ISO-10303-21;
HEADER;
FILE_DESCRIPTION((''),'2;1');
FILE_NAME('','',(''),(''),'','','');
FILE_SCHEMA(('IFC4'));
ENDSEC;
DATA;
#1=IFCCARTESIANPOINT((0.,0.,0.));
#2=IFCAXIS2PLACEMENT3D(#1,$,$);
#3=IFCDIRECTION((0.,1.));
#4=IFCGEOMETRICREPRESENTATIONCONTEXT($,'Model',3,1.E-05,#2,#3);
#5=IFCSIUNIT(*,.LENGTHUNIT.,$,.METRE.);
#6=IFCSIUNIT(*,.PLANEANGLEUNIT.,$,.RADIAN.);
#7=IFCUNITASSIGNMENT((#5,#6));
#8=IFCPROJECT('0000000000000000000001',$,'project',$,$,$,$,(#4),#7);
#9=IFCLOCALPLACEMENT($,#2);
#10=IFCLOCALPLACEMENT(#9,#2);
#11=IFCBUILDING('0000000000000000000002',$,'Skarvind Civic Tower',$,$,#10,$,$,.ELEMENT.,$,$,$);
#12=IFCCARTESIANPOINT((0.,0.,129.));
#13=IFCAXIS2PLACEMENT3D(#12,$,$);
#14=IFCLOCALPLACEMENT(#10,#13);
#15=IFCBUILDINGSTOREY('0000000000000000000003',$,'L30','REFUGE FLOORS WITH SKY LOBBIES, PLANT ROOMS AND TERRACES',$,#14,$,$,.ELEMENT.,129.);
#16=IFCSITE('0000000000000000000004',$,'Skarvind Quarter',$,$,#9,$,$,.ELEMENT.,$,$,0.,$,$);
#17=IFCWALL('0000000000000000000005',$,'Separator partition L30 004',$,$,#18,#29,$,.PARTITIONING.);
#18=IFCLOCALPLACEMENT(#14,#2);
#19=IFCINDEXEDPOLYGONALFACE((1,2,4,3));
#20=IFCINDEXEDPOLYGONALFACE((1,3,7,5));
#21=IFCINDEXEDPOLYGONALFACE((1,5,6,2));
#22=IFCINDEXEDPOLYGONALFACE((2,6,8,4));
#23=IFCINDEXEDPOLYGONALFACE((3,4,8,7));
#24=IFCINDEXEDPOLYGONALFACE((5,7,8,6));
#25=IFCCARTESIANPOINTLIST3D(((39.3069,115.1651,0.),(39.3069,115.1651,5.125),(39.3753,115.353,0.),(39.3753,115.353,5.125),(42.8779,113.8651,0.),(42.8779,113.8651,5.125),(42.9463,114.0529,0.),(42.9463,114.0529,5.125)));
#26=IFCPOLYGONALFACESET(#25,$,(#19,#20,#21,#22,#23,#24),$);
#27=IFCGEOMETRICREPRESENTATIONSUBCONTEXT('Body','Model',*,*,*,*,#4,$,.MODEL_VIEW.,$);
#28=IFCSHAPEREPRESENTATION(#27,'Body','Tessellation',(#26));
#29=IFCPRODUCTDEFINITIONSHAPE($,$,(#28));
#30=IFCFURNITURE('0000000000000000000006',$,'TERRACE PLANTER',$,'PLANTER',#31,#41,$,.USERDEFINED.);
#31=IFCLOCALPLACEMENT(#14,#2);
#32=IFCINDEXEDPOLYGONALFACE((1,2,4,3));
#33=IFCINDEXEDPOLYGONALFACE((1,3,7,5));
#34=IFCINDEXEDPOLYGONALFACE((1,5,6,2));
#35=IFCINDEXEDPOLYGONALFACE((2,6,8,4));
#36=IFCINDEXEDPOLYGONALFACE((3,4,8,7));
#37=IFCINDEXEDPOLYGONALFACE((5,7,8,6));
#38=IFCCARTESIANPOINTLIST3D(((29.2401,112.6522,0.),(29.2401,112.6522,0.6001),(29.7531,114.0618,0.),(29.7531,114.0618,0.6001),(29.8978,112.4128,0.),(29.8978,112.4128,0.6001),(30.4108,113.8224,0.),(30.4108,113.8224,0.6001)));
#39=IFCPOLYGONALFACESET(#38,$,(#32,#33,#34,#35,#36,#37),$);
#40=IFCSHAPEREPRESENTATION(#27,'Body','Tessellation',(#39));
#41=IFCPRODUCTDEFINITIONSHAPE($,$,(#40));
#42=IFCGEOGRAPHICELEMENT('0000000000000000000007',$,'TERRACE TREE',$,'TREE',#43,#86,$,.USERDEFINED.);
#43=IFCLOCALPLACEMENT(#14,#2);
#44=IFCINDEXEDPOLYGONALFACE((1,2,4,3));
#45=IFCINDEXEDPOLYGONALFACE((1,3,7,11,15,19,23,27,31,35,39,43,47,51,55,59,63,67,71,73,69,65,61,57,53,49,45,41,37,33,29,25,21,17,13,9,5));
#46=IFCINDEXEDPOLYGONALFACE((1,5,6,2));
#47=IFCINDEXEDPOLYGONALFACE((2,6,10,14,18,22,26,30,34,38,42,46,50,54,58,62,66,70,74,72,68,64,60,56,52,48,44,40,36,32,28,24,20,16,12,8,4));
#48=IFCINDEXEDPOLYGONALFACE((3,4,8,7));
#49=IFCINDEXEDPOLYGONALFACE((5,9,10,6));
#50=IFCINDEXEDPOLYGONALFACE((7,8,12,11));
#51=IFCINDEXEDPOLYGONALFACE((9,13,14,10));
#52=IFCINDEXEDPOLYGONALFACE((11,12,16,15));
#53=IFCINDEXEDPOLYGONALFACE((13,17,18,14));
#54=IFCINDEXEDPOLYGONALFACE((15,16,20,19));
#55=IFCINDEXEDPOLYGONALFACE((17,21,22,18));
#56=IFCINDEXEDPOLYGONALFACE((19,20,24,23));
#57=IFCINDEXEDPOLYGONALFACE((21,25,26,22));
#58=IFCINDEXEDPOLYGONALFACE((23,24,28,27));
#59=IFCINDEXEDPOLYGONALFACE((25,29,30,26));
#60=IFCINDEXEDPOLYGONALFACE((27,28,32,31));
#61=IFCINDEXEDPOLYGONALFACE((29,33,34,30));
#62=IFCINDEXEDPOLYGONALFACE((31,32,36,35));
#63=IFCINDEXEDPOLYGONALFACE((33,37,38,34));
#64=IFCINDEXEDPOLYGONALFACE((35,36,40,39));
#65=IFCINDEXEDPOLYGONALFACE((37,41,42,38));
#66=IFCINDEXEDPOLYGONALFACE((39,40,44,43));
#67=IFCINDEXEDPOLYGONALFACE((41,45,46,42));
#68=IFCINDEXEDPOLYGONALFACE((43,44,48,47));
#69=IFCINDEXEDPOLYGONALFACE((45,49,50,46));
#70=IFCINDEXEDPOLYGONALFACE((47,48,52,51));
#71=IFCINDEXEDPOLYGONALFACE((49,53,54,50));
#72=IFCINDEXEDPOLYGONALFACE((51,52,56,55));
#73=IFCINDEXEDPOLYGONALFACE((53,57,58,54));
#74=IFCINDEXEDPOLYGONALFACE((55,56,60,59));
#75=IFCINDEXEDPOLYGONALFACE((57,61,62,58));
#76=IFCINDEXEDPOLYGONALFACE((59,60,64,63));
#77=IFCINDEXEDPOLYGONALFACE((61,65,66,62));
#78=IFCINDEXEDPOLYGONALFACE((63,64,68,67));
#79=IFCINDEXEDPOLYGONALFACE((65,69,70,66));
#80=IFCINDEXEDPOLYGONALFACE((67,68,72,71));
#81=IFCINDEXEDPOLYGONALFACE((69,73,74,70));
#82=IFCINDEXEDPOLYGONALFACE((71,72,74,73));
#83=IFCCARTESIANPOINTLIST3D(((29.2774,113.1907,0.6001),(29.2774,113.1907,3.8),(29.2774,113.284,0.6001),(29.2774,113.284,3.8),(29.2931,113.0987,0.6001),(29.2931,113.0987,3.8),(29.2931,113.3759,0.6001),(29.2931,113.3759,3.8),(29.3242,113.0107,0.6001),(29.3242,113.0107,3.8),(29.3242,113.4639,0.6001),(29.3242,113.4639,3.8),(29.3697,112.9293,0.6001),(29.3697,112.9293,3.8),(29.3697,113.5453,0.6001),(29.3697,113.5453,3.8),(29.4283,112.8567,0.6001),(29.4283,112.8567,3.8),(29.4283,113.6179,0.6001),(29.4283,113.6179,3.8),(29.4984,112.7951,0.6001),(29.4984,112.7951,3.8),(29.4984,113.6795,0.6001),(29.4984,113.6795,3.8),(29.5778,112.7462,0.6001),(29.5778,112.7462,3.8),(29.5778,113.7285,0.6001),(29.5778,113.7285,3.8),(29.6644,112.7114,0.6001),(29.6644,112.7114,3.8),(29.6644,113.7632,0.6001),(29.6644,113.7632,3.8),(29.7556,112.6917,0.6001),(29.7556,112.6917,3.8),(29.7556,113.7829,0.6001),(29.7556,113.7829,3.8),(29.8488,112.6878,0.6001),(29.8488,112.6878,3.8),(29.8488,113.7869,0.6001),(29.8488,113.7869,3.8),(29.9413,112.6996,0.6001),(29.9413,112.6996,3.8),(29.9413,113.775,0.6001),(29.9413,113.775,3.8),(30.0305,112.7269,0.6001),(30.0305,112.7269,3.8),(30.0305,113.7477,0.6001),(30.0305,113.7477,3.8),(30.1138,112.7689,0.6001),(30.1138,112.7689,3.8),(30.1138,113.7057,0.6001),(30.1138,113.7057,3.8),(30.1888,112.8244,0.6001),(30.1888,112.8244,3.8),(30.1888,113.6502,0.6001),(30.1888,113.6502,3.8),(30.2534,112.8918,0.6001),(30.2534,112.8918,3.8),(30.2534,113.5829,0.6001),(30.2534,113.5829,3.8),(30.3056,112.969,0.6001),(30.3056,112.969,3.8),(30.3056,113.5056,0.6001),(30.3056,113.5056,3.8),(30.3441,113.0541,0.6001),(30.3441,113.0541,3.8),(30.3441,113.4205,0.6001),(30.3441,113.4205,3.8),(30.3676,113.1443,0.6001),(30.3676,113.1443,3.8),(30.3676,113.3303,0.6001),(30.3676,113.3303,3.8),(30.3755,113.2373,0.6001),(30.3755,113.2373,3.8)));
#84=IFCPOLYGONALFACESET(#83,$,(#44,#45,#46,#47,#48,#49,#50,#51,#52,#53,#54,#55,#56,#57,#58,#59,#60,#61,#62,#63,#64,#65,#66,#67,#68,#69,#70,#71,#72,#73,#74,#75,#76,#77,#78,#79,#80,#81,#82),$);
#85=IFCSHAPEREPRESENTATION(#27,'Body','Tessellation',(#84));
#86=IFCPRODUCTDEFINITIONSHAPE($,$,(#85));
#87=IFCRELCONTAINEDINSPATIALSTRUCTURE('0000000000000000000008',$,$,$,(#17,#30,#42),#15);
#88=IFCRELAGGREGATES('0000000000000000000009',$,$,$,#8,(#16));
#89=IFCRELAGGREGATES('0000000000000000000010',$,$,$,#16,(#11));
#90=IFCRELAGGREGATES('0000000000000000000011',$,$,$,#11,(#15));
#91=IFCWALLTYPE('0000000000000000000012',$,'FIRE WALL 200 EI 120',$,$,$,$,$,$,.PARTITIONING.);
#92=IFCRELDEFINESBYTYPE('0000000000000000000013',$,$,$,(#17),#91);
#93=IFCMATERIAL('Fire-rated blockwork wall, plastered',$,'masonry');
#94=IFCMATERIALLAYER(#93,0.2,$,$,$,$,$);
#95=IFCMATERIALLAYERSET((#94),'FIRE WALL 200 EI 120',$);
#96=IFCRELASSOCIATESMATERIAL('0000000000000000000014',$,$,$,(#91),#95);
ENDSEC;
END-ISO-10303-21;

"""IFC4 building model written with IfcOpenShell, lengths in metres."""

from ifc_helpers import new_model, si_unit, direction, frame, frame_2d, origin, origin_2d, place, context, subcontext, project, spatial, rectangle, circle, extrude, material, layer, layer_set, type_object, element, save


model = new_model("IFC4")

# Units and contexts
model_context = context("Model", 3, precision=1e-05, world=origin(), true_north=direction((0.0, 1.0)))
body_context = subcontext(model_context, "Body", "Model", "MODEL_VIEW")
ifc_project = project(units=[si_unit("LENGTHUNIT", "METRE"), si_unit("PLANEANGLEUNIT", "RADIAN")], contexts=[model_context])

# Site, building, storey
site_placement = place(None, origin())
site = spatial("IfcSite", under=ifc_project, at=site_placement, Name="Skarvind Quarter", CompositionType="ELEMENT", RefElevation=0.0)
building_placement = place(site_placement, origin())
building = spatial("IfcBuilding", under=site, at=building_placement, Name="Skarvind Civic Tower", CompositionType="ELEMENT")
storey_placement = place(building_placement, frame((0.0, 0.0, 129.0)))
storey = spatial("IfcBuildingStorey", under=building, at=storey_placement, Name="L30", Description="REFUGE FLOORS WITH SKY LOBBIES, PLANT ROOMS AND TERRACES", CompositionType="ELEMENT", Elevation=129.0)

# Shared definitions
ifc_material_1 = material(Name="Fire-rated blockwork wall, plastered", Category="masonry")
ifc_layer_1 = layer(ifc_material_1, 0.2)
ifc_layer_set_1 = layer_set([ifc_layer_1], Name="FIRE WALL 200 EI 120")
wall_type_1 = type_object("IfcWallType", Name="FIRE WALL 200 EI 120", PredefinedType="PARTITIONING", material=ifc_layer_set_1)

# Wall
wall_1_placement = place(storey_placement, frame((39.3411, 115.259, 0.0), z_axis=(0.0, 0.0, 1.0), x_axis=(0.939668, -0.342089, 0.0)))
element("IfcWall", 1, at=wall_1_placement, inside=storey, type_object=wall_type_1, Name="Separator partition L30 004", PredefinedType="PARTITIONING", context=body_context, shape_type="SweptSolid", body=[
    extrude(rectangle(XDim=3.8003, YDim=0.2, at=frame_2d((1.9001, 0.0))), origin(), (0.0, 0.0, 1.0), 5.125),
])

# Furniture
furniture_placement = place(storey_placement, frame((29.8254, 113.2373, 0.0), z_axis=(0.0, 0.0, 1.0), x_axis=(0.34202, 0.939693, 0.0)))
element("IfcFurniture", 2, at=furniture_placement, inside=storey, Name="TERRACE PLANTER", ObjectType="PLANTER", PredefinedType="USERDEFINED", context=body_context, shape_type="SweptSolid", body=[
    extrude(rectangle(XDim=1.5, YDim=0.7, at=origin_2d()), origin(), (0.0, 0.0, 1.0), 0.6001),
])

# Geographic element
geographic_element_placement = place(storey_placement, frame((29.8254, 113.2373, 0.6001), z_axis=(0.0, 0.0, 1.0), x_axis=(1.0, 0.0, 0.0)))
element("IfcGeographicElement", 3, at=geographic_element_placement, inside=storey, Name="TERRACE TREE", ObjectType="TREE", PredefinedType="USERDEFINED", context=body_context, shape_type="SweptSolid", body=[
    extrude(circle(Radius=0.55, at=origin_2d()), origin(), (0.0, 0.0, 1.0), 3.2),
])

save(model, "model.ifc")
